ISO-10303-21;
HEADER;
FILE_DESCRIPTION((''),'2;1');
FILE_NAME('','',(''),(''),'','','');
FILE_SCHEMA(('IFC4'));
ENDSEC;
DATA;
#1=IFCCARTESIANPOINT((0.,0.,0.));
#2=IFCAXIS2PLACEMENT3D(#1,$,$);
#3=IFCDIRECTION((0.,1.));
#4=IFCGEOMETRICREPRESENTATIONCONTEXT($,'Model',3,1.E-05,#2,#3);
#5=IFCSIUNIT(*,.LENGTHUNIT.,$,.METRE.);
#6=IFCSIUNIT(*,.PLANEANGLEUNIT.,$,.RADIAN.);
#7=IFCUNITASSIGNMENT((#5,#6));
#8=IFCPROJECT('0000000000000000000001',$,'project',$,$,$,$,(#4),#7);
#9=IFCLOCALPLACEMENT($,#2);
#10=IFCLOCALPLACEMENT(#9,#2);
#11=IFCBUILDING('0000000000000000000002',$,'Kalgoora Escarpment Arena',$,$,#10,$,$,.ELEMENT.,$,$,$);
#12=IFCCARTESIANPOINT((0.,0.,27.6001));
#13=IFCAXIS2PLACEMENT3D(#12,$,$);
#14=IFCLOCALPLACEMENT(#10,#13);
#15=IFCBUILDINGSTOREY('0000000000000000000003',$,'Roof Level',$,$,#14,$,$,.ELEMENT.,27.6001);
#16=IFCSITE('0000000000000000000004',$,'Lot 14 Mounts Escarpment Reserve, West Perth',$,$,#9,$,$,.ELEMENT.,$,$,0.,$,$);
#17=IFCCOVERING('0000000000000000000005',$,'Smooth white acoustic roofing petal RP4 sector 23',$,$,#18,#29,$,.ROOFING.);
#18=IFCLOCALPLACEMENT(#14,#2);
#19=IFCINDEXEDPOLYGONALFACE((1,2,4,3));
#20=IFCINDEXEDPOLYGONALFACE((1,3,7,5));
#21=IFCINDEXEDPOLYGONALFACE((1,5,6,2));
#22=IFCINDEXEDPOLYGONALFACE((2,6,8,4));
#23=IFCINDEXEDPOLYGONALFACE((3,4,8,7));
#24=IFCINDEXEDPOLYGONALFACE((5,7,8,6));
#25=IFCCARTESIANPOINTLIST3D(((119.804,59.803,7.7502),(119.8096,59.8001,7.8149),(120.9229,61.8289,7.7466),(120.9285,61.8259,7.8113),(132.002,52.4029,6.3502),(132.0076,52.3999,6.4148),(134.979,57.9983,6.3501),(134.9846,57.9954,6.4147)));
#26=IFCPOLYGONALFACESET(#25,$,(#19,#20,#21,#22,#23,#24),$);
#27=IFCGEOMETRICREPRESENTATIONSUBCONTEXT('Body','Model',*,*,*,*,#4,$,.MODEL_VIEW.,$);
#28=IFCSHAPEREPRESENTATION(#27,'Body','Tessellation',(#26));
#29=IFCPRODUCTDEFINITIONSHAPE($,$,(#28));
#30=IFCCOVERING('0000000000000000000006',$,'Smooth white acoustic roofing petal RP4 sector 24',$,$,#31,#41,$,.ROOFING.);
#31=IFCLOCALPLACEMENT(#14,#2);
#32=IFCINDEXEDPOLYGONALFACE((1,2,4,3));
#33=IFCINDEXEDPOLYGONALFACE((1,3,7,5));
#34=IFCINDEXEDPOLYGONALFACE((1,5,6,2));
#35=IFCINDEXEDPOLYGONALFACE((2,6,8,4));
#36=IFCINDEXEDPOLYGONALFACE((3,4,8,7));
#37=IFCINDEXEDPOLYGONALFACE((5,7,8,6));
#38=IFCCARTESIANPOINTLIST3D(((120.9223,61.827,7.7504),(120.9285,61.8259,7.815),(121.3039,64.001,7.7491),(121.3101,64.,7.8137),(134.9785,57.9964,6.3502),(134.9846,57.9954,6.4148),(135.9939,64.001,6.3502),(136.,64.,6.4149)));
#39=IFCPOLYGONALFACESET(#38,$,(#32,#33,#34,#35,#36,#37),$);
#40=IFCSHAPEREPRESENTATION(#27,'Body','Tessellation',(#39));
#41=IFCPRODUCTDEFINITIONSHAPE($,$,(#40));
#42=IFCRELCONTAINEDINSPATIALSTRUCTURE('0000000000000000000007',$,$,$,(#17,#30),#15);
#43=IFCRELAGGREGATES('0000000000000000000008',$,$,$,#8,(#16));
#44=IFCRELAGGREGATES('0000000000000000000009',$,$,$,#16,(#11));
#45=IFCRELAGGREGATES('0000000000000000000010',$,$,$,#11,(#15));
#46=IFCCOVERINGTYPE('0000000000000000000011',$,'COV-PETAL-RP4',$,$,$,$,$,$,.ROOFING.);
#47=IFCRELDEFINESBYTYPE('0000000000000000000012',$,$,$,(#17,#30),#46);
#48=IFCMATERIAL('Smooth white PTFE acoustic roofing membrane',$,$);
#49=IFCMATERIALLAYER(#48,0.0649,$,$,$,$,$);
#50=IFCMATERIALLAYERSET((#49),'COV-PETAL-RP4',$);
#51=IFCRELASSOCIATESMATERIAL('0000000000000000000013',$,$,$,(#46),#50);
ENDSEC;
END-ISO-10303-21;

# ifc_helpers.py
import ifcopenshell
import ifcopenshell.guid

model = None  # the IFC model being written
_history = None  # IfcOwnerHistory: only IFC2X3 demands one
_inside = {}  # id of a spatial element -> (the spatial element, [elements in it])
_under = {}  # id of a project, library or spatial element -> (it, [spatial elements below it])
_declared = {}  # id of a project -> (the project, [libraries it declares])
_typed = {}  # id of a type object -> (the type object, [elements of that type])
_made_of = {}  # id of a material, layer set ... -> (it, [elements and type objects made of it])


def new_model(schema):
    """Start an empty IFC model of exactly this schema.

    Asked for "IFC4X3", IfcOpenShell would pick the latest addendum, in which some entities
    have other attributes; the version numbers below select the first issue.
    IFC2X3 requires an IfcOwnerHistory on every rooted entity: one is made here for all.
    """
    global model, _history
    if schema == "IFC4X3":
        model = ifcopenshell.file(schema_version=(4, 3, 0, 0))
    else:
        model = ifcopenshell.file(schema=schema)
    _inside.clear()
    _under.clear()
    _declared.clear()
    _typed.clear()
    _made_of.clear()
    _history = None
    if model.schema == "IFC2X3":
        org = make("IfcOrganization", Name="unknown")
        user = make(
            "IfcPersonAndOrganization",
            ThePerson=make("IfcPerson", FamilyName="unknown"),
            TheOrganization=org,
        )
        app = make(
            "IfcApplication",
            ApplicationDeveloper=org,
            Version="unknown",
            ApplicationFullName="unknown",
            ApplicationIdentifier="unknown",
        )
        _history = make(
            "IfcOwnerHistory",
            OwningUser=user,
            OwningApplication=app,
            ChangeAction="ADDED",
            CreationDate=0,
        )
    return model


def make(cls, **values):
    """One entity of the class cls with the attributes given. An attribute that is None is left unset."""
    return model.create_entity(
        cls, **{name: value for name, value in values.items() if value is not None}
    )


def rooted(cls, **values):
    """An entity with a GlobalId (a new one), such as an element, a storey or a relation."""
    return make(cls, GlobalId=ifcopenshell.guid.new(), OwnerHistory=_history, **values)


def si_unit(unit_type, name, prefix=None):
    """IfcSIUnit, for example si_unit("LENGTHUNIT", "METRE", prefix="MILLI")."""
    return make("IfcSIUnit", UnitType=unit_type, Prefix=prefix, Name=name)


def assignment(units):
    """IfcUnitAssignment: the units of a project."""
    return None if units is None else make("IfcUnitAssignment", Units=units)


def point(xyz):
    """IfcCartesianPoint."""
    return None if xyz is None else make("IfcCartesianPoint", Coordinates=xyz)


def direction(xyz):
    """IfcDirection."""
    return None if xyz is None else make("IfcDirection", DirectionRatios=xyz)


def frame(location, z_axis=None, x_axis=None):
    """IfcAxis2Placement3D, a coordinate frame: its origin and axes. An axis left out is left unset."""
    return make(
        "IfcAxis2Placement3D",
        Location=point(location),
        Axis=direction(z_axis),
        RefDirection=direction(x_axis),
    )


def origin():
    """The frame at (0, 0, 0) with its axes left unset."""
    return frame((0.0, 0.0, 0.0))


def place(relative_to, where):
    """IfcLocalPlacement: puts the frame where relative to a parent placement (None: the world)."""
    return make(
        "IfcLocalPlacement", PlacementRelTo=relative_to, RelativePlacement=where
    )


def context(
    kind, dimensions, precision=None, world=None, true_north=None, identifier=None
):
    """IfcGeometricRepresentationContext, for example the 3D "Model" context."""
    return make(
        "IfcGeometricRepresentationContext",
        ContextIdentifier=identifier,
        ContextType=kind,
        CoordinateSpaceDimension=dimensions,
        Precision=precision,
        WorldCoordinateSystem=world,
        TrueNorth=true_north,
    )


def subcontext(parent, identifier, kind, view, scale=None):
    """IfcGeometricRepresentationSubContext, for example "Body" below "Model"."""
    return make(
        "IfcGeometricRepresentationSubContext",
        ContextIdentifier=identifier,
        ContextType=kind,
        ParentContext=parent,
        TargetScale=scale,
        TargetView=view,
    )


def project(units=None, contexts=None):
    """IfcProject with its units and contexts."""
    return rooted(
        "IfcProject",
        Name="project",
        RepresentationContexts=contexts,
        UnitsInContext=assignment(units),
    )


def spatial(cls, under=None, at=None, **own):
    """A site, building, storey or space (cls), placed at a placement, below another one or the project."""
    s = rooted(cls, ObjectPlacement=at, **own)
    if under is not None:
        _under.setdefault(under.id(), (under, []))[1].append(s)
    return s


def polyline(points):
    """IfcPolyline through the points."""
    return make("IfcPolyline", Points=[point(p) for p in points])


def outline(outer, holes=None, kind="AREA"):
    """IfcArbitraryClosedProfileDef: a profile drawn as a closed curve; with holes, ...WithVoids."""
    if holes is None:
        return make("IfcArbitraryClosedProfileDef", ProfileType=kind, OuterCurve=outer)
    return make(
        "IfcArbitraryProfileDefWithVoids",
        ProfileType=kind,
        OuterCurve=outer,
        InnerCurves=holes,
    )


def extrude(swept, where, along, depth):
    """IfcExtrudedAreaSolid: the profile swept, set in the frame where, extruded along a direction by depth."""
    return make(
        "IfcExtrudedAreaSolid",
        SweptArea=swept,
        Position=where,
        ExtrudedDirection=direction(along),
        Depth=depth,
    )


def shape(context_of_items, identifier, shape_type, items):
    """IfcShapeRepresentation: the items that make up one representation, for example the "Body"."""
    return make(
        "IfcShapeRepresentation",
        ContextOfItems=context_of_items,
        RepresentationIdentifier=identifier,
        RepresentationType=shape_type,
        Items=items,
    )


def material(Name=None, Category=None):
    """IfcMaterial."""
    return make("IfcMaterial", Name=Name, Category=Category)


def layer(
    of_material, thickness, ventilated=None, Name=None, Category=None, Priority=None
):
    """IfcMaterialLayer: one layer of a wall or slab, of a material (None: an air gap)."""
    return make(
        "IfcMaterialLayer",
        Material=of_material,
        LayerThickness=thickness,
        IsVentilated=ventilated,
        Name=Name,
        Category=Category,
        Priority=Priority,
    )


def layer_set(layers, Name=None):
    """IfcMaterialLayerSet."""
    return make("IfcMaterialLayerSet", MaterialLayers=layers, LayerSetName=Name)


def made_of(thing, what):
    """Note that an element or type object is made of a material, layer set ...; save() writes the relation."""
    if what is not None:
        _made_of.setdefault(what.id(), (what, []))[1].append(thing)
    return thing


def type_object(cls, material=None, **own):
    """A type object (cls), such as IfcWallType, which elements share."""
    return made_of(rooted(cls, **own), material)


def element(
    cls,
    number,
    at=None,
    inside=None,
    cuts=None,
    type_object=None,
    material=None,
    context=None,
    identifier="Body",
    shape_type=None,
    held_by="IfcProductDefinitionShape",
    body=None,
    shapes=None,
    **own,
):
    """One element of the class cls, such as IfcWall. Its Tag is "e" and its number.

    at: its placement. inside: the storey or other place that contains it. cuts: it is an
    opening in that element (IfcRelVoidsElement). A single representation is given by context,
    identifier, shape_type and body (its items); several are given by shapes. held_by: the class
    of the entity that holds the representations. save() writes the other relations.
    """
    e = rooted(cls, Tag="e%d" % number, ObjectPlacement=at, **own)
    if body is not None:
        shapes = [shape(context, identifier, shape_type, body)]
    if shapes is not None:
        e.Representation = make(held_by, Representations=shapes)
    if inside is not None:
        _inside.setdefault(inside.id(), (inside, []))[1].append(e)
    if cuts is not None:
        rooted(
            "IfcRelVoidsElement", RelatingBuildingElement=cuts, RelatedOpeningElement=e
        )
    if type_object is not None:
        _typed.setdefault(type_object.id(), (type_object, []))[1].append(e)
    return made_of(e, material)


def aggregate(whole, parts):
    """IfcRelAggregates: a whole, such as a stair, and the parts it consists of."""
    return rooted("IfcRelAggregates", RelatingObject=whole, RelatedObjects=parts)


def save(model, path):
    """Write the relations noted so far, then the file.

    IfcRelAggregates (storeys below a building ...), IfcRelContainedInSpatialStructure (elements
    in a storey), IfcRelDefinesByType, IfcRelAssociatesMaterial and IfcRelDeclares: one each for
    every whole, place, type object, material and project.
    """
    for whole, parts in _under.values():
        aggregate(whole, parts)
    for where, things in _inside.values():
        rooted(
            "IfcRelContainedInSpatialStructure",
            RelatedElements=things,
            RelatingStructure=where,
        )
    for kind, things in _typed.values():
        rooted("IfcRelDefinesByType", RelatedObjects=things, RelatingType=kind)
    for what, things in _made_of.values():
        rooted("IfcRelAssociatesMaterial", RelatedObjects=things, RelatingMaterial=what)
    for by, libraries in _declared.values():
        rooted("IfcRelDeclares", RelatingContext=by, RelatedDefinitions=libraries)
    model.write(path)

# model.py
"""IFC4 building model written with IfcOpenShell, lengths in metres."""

from ifc_helpers import new_model, si_unit, direction, frame, origin, place, context, subcontext, project, spatial, polyline, outline, extrude, material, layer, layer_set, type_object, element, save


model = new_model("IFC4")

# Units and contexts
model_context = context("Model", 3, precision=1e-05, world=origin(), true_north=direction((0.0, 1.0)))
body_context = subcontext(model_context, "Body", "Model", "MODEL_VIEW")
ifc_project = project(units=[si_unit("LENGTHUNIT", "METRE"), si_unit("PLANEANGLEUNIT", "RADIAN")], contexts=[model_context])

# Site, building, storey
site_placement = place(None, origin())
site = spatial("IfcSite", under=ifc_project, at=site_placement, Name="Lot 14 Mounts Escarpment Reserve, West Perth", CompositionType="ELEMENT", RefElevation=0.0)
building_placement = place(site_placement, origin())
building = spatial("IfcBuilding", under=site, at=building_placement, Name="Kalgoora Escarpment Arena", CompositionType="ELEMENT")
storey_placement = place(building_placement, frame((0.0, 0.0, 27.6001)))
storey = spatial("IfcBuildingStorey", under=building, at=storey_placement, Name="Roof Level", CompositionType="ELEMENT", Elevation=27.6001)

# Coverings
ifc_material_1 = material(Name="Smooth white PTFE acoustic roofing membrane")
ifc_layer_1 = layer(ifc_material_1, 0.0649)
ifc_layer_set_1 = layer_set([ifc_layer_1], Name="COV-PETAL-RP4")
covering_type_1 = type_object("IfcCoveringType", Name="COV-PETAL-RP4", PredefinedType="ROOFING", material=ifc_layer_set_1)
covering_1_placement = place(storey_placement, frame((132.0076, 52.3999, 6.4148), z_axis=(0.086361, -0.045935, 0.995204), x_axis=(0.469703, 0.882824, -0.000012)))
element("IfcCovering", 1, at=covering_1_placement, inside=storey, type_object=covering_type_1, Name="Smooth white acoustic roofing petal RP4 sector 23", PredefinedType="ROOFING", context=body_context, shape_type="SweptSolid", body=[
    extrude(outline(polyline([(0.0, 0.0), (6.3381, 0.0), (3.1176, 14.2768), (0.8036, 14.3132), (0.0, 0.0)])), origin(), (0.0, 0.0, -1.0), 0.0649),
])
covering_2_placement = place(storey_placement, frame((134.9846, 57.9954, 6.4148), z_axis=(0.094784, -0.016041, 0.995369), x_axis=(0.166734, 0.986002, 0.000013)))
element("IfcCovering", 2, at=covering_2_placement, inside=storey, type_object=covering_type_1, Name="Smooth white acoustic roofing petal RP4 sector 24", PredefinedType="ROOFING", context=body_context, shape_type="SweptSolid", body=[
    extrude(outline(polyline([(0.0, 0.0), (6.0899, 0.0), (3.6406, 14.5517), (1.4333, 14.5655), (0.0, 0.0)])), origin(), (0.0, 0.0, -1.0), 0.0649),
])

save(model, "model.ifc")
